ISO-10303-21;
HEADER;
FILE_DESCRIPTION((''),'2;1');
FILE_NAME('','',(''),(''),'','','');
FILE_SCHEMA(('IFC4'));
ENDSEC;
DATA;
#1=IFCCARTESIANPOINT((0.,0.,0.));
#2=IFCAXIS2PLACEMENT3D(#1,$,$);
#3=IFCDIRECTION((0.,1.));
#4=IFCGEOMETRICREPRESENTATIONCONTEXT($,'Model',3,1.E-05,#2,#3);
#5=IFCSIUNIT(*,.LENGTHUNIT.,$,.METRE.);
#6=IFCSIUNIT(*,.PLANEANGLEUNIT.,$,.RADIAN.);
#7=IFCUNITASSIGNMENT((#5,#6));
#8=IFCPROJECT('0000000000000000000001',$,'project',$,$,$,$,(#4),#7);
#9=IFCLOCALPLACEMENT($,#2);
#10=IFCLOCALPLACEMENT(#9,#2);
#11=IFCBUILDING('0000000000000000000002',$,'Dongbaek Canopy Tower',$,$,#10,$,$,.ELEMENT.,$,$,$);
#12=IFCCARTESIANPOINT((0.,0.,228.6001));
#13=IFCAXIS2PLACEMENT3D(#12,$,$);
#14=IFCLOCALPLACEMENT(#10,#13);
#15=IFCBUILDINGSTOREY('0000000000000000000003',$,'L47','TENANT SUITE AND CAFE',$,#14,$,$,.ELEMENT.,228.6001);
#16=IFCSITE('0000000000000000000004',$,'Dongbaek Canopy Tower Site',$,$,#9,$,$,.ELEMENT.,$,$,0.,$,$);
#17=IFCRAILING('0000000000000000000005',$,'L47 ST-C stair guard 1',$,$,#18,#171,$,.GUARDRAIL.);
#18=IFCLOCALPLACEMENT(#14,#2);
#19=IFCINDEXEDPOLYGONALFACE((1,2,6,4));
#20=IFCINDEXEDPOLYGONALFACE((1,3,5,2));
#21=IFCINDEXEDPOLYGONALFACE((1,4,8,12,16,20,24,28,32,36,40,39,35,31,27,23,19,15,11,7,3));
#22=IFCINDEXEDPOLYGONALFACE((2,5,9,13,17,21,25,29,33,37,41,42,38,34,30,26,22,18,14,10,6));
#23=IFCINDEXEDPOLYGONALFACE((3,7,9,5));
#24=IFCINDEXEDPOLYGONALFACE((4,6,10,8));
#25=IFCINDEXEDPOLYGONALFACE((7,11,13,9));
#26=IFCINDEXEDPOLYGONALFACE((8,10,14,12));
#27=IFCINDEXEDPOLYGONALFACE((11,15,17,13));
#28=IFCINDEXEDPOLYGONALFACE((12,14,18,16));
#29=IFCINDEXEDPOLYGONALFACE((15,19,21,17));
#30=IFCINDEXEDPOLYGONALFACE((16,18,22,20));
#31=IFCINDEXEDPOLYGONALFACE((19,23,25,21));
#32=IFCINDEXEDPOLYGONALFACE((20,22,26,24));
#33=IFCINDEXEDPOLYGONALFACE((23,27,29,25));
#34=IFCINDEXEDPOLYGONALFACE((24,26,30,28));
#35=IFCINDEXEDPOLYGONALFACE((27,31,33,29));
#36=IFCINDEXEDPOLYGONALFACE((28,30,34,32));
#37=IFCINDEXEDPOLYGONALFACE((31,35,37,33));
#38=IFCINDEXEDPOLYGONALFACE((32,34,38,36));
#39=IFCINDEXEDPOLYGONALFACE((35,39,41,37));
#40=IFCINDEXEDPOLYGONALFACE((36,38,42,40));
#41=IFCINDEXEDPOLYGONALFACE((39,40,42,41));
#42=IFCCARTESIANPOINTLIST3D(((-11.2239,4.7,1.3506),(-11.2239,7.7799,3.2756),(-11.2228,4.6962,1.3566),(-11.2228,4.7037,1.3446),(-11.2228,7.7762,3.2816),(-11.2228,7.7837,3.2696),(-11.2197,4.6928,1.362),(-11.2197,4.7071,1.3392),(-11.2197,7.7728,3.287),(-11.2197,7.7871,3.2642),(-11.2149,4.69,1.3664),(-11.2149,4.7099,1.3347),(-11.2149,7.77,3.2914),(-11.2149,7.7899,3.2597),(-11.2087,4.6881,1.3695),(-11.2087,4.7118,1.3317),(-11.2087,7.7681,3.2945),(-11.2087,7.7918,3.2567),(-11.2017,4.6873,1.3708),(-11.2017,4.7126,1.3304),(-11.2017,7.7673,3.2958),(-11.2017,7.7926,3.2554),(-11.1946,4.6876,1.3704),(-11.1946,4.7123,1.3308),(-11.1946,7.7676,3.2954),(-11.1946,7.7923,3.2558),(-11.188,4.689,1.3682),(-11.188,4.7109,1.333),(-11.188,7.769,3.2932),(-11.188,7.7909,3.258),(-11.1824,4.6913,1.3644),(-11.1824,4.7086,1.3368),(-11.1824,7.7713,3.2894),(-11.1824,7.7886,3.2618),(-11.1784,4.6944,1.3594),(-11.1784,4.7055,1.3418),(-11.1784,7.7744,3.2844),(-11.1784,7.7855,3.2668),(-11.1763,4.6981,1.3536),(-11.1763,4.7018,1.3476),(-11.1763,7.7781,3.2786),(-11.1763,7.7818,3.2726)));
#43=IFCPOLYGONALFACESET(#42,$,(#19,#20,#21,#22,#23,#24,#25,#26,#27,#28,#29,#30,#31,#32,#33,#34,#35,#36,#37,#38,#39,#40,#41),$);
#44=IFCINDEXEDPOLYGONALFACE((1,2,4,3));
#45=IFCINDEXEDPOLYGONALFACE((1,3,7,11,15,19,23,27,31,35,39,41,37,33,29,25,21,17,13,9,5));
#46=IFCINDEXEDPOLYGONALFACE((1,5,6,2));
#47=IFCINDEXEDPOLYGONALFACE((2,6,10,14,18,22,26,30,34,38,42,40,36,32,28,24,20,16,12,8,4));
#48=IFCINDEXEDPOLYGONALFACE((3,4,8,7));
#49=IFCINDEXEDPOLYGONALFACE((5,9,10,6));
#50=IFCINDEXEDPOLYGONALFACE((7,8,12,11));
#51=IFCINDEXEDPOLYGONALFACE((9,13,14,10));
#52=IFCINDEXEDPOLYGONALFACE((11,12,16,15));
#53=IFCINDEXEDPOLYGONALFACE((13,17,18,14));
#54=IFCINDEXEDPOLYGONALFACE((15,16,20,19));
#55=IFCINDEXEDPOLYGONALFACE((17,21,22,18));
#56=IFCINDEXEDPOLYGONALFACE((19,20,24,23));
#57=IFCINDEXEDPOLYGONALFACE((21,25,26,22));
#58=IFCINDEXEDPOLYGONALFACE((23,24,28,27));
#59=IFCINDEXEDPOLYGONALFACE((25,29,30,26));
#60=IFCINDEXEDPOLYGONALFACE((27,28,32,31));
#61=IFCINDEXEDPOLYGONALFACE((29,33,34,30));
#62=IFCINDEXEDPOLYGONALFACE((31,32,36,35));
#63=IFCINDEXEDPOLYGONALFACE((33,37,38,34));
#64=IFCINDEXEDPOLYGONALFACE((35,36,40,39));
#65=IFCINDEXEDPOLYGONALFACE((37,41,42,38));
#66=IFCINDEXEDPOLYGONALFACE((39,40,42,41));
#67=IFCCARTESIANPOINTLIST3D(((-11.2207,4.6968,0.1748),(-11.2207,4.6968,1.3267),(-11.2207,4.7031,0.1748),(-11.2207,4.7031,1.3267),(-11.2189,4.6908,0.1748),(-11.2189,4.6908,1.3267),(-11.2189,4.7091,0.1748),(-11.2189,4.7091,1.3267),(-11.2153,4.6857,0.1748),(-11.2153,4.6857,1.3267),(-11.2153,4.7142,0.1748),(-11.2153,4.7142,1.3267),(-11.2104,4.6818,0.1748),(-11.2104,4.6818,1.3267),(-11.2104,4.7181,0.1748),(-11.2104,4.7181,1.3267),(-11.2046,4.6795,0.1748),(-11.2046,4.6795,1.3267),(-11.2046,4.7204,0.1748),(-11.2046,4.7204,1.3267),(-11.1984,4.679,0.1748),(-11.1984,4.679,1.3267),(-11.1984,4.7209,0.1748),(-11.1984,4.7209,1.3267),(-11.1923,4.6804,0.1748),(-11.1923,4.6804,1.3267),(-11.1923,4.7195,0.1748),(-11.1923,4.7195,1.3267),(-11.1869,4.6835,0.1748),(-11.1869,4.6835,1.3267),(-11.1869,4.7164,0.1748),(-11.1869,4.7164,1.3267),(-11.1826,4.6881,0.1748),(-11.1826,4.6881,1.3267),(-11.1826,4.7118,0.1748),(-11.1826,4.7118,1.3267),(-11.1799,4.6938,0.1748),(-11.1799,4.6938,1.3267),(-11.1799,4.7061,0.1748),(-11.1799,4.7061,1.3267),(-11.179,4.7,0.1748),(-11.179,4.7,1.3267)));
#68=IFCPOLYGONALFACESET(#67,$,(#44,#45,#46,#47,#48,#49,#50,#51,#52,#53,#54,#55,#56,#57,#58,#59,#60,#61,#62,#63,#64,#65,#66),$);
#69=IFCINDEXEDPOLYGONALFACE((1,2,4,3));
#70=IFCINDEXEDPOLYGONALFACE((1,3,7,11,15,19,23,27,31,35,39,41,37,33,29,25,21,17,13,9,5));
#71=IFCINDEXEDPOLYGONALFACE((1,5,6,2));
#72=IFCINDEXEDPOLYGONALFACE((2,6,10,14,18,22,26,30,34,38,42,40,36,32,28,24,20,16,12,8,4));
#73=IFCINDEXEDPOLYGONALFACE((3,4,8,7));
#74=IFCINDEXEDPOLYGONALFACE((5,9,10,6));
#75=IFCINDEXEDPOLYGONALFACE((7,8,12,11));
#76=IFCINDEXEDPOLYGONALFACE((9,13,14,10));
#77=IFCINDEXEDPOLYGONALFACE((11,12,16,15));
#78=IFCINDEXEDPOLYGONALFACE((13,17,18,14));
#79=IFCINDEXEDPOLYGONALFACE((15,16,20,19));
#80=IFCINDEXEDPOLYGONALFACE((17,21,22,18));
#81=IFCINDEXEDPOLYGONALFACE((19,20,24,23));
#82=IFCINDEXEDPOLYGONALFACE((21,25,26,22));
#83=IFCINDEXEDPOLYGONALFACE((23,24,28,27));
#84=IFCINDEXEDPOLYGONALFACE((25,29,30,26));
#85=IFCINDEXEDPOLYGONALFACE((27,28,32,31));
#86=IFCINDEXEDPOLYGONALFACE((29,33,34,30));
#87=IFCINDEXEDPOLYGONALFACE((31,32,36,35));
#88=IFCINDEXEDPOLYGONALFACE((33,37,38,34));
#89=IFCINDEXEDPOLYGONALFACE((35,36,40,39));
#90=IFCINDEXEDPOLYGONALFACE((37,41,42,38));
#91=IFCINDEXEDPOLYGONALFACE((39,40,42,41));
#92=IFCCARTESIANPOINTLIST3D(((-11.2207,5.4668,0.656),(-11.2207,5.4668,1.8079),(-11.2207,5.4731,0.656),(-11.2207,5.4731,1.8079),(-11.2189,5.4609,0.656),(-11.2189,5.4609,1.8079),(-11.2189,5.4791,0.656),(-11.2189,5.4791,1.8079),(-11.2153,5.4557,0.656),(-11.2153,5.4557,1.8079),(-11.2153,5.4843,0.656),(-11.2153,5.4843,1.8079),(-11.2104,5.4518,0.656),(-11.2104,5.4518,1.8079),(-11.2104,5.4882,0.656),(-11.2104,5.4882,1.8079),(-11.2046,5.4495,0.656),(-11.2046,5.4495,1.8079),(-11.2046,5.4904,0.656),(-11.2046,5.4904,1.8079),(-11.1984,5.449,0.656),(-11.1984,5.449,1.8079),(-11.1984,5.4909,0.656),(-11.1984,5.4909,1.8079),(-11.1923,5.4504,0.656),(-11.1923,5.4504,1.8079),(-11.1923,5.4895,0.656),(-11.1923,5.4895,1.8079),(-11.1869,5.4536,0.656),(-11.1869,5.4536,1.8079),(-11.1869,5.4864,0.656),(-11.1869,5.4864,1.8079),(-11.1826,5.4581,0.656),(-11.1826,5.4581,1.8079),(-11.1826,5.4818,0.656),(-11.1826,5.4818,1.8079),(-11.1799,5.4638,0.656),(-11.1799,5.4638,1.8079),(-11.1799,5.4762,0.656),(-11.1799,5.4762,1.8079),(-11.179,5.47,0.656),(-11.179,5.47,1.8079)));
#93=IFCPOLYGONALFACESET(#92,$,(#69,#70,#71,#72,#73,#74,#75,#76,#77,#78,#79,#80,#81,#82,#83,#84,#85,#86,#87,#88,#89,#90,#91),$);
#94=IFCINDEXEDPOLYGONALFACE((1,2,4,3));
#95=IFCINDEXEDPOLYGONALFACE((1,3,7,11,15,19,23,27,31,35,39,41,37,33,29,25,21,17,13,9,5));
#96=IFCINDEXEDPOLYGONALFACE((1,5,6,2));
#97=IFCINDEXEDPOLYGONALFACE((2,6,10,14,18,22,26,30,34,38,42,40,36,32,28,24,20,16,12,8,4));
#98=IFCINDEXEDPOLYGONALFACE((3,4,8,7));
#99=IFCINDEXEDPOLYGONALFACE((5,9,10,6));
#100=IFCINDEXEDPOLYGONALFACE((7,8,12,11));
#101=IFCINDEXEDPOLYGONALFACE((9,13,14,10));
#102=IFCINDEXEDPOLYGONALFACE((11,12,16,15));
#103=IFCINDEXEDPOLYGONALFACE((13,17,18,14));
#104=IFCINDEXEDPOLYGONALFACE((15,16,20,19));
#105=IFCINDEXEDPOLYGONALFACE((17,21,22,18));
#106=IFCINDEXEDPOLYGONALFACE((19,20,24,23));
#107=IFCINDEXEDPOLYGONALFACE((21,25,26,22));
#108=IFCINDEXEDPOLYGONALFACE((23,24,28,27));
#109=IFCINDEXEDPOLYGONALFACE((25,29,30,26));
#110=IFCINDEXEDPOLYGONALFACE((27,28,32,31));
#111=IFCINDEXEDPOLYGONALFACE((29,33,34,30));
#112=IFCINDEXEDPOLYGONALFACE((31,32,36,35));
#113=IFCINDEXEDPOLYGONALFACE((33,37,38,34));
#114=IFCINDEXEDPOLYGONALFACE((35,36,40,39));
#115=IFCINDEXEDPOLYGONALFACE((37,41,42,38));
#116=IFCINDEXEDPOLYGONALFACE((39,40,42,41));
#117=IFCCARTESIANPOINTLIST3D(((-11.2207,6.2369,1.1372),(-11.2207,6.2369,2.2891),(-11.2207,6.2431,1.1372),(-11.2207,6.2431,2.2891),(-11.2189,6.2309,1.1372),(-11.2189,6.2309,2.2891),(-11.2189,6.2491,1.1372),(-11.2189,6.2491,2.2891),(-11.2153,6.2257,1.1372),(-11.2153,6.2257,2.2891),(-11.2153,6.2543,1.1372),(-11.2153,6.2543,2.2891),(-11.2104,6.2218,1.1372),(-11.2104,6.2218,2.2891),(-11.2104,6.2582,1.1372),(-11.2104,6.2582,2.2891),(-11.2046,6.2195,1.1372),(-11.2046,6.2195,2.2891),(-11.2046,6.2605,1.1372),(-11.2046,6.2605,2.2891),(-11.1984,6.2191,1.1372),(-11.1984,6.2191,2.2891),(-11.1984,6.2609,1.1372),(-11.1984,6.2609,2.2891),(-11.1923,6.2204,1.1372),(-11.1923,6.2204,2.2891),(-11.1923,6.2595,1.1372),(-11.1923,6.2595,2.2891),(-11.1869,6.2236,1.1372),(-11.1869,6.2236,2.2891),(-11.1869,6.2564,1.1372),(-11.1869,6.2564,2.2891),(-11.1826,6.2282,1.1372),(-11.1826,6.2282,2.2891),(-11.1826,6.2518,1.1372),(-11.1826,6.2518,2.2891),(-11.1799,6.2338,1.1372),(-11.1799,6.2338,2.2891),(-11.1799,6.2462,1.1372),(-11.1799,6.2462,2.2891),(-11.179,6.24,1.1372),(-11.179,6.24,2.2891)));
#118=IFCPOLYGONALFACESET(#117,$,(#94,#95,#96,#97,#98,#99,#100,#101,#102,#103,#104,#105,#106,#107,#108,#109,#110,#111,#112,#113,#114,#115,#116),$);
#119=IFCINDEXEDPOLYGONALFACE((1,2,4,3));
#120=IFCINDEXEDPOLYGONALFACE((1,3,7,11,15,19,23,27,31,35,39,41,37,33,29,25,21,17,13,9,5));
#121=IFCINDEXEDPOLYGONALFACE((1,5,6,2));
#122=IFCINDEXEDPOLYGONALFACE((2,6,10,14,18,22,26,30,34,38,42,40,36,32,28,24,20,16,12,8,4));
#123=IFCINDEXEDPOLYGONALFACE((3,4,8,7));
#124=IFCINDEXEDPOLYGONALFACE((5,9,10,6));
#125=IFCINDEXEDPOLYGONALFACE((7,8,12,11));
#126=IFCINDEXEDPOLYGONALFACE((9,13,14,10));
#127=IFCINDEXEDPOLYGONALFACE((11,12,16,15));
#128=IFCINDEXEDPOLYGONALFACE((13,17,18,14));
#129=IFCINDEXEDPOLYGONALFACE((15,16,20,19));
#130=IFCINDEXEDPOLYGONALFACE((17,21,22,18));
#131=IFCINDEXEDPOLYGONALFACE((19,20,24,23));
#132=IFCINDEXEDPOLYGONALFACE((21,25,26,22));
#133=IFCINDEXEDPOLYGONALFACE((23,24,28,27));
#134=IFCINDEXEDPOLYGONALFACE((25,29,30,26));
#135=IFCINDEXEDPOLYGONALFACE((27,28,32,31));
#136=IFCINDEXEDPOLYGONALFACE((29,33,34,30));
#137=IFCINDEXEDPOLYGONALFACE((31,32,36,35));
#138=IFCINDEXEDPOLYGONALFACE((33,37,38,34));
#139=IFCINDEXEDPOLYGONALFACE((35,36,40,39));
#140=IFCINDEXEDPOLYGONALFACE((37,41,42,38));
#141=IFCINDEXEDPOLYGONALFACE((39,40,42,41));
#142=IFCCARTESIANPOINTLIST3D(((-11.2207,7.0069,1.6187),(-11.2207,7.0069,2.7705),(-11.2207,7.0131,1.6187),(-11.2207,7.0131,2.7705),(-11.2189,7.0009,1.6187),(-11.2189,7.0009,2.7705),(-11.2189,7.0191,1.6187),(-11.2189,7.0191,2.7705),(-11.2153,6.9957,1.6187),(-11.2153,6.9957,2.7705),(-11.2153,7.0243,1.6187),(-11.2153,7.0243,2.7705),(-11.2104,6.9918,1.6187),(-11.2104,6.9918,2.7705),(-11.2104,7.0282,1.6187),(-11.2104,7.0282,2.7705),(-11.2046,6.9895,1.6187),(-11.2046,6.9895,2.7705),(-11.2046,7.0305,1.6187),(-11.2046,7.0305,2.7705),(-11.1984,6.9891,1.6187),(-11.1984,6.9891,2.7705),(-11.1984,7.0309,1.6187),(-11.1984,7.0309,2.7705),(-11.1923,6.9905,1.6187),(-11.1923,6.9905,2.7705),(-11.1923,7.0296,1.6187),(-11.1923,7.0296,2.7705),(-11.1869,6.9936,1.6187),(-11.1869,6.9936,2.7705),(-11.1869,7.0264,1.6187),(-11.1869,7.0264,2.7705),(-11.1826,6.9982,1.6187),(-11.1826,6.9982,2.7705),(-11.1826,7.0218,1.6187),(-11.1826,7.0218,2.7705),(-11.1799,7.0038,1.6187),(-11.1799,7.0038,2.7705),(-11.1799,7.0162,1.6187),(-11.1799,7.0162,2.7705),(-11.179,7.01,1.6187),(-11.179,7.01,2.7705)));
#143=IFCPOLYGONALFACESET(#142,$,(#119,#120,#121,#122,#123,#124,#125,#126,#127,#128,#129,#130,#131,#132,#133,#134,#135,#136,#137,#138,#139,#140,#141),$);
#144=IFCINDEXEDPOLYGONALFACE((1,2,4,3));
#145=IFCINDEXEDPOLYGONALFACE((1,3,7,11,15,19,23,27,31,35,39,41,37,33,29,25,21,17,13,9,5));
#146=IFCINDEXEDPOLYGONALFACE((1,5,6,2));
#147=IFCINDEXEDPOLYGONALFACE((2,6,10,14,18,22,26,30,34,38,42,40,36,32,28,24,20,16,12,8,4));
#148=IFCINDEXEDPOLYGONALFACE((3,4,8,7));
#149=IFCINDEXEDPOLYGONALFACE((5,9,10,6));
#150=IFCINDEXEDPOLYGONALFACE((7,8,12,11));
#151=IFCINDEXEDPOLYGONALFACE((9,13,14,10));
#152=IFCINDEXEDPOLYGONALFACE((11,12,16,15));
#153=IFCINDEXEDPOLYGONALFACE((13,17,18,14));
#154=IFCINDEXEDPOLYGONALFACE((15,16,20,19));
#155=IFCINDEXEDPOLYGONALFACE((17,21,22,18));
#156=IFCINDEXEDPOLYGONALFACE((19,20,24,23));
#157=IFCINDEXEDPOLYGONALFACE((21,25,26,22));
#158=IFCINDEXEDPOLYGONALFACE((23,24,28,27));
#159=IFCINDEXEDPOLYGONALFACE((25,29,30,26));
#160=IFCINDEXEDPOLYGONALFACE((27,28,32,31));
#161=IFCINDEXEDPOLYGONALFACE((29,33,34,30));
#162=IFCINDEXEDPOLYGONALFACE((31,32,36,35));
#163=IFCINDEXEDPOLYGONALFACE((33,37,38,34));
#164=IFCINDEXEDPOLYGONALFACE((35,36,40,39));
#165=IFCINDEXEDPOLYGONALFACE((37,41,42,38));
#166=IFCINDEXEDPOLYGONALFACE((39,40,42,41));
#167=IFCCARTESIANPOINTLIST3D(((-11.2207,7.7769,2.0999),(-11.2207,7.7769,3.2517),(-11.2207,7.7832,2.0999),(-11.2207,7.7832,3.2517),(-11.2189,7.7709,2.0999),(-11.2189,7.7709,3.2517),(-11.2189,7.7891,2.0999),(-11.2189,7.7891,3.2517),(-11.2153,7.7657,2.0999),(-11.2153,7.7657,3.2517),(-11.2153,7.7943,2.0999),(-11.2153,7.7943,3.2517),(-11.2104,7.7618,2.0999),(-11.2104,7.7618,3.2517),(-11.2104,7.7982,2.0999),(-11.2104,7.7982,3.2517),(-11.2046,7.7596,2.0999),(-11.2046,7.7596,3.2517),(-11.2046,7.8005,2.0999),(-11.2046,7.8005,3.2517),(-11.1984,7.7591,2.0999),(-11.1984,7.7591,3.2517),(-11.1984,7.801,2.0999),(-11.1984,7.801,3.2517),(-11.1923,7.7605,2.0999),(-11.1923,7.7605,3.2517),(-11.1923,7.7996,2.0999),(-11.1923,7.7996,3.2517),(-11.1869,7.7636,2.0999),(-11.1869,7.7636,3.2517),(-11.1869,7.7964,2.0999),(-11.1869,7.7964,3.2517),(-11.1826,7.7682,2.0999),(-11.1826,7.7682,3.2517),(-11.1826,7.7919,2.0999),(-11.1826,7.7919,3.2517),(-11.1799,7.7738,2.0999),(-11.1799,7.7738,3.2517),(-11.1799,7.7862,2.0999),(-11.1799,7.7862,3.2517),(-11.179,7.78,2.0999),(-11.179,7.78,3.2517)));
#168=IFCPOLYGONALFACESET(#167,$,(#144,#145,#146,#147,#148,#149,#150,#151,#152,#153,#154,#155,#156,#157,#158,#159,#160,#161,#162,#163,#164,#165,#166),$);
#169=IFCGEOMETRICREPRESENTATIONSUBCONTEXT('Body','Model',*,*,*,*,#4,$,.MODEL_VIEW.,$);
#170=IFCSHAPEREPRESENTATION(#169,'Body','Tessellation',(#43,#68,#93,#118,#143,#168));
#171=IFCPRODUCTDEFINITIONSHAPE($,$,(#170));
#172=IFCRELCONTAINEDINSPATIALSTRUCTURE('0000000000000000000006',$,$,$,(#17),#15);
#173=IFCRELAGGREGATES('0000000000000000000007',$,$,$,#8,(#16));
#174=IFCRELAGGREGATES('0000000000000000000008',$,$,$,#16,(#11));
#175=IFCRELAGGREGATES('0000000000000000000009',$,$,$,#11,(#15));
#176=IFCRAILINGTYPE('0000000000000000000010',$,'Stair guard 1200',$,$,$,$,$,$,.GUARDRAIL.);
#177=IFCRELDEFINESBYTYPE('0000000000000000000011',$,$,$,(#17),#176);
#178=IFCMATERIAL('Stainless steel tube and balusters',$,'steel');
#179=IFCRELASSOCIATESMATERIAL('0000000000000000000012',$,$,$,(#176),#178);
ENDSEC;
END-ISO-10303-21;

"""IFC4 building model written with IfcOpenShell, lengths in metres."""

from ifc_helpers import new_model, si_unit, direction, frame, origin, origin_2d, place, context, subcontext, project, spatial, circle, extrude, material, type_object, element, save


model = new_model("IFC4")

# Units and contexts
model_context = context("Model", 3, precision=1e-05, world=origin(), true_north=direction((0.0, 1.0)))
body_context = subcontext(model_context, "Body", "Model", "MODEL_VIEW")
ifc_project = project(units=[si_unit("LENGTHUNIT", "METRE"), si_unit("PLANEANGLEUNIT", "RADIAN")], contexts=[model_context])

# Site, building, storey
site_placement = place(None, origin())
site = spatial("IfcSite", under=ifc_project, at=site_placement, Name="Dongbaek Canopy Tower Site", CompositionType="ELEMENT", RefElevation=0.0)
building_placement = place(site_placement, origin())
building = spatial("IfcBuilding", under=site, at=building_placement, Name="Dongbaek Canopy Tower", CompositionType="ELEMENT")
storey_placement = place(building_placement, frame((0.0, 0.0, 228.6001)))
storey = spatial("IfcBuildingStorey", under=building, at=storey_placement, Name="L47", Description="TENANT SUITE AND CAFE", CompositionType="ELEMENT", Elevation=228.6001)

# Railing
ifc_material_1 = material(Name="Stainless steel tube and balusters", Category="steel")
railing_type_1 = type_object("IfcRailingType", Name="Stair guard 1200", PredefinedType="GUARDRAIL", material=ifc_material_1)
railing_1_placement = place(storey_placement, frame((-11.2, 4.7, 0.1748)))
element("IfcRailing", 1, at=railing_1_placement, inside=storey, type_object=railing_type_1, Name="L47 ST-C stair guard 1", PredefinedType="GUARDRAIL", context=body_context, shape_type="SweptSolid", body=[
    extrude(circle(Radius=0.0239, at=origin_2d()), frame((0.0, 0.0, 1.1758), z_axis=(0.0, 0.847998, 0.529999), x_axis=(-1.0, 0.0, 0.0)), (0.0, 0.0, 1.0), 3.6321),
    extrude(circle(Radius=0.021, at=origin_2d()), origin(), (0.0, 0.0, 1.0), 1.1519),
    extrude(circle(Radius=0.021, at=origin_2d()), frame((0.0, 0.77, 0.4812)), (0.0, 0.0, 1.0), 1.1519),
    extrude(circle(Radius=0.021, at=origin_2d()), frame((0.0, 1.54, 0.9624)), (0.0, 0.0, 1.0), 1.1519),
    extrude(circle(Radius=0.021, at=origin_2d()), frame((0.0, 2.3101, 1.4438)), (0.0, 0.0, 1.0), 1.1519),
    extrude(circle(Radius=0.021, at=origin_2d()), frame((0.0, 3.0801, 1.925)), (0.0, 0.0, 1.0), 1.1519),
])

save(model, "model.ifc")
